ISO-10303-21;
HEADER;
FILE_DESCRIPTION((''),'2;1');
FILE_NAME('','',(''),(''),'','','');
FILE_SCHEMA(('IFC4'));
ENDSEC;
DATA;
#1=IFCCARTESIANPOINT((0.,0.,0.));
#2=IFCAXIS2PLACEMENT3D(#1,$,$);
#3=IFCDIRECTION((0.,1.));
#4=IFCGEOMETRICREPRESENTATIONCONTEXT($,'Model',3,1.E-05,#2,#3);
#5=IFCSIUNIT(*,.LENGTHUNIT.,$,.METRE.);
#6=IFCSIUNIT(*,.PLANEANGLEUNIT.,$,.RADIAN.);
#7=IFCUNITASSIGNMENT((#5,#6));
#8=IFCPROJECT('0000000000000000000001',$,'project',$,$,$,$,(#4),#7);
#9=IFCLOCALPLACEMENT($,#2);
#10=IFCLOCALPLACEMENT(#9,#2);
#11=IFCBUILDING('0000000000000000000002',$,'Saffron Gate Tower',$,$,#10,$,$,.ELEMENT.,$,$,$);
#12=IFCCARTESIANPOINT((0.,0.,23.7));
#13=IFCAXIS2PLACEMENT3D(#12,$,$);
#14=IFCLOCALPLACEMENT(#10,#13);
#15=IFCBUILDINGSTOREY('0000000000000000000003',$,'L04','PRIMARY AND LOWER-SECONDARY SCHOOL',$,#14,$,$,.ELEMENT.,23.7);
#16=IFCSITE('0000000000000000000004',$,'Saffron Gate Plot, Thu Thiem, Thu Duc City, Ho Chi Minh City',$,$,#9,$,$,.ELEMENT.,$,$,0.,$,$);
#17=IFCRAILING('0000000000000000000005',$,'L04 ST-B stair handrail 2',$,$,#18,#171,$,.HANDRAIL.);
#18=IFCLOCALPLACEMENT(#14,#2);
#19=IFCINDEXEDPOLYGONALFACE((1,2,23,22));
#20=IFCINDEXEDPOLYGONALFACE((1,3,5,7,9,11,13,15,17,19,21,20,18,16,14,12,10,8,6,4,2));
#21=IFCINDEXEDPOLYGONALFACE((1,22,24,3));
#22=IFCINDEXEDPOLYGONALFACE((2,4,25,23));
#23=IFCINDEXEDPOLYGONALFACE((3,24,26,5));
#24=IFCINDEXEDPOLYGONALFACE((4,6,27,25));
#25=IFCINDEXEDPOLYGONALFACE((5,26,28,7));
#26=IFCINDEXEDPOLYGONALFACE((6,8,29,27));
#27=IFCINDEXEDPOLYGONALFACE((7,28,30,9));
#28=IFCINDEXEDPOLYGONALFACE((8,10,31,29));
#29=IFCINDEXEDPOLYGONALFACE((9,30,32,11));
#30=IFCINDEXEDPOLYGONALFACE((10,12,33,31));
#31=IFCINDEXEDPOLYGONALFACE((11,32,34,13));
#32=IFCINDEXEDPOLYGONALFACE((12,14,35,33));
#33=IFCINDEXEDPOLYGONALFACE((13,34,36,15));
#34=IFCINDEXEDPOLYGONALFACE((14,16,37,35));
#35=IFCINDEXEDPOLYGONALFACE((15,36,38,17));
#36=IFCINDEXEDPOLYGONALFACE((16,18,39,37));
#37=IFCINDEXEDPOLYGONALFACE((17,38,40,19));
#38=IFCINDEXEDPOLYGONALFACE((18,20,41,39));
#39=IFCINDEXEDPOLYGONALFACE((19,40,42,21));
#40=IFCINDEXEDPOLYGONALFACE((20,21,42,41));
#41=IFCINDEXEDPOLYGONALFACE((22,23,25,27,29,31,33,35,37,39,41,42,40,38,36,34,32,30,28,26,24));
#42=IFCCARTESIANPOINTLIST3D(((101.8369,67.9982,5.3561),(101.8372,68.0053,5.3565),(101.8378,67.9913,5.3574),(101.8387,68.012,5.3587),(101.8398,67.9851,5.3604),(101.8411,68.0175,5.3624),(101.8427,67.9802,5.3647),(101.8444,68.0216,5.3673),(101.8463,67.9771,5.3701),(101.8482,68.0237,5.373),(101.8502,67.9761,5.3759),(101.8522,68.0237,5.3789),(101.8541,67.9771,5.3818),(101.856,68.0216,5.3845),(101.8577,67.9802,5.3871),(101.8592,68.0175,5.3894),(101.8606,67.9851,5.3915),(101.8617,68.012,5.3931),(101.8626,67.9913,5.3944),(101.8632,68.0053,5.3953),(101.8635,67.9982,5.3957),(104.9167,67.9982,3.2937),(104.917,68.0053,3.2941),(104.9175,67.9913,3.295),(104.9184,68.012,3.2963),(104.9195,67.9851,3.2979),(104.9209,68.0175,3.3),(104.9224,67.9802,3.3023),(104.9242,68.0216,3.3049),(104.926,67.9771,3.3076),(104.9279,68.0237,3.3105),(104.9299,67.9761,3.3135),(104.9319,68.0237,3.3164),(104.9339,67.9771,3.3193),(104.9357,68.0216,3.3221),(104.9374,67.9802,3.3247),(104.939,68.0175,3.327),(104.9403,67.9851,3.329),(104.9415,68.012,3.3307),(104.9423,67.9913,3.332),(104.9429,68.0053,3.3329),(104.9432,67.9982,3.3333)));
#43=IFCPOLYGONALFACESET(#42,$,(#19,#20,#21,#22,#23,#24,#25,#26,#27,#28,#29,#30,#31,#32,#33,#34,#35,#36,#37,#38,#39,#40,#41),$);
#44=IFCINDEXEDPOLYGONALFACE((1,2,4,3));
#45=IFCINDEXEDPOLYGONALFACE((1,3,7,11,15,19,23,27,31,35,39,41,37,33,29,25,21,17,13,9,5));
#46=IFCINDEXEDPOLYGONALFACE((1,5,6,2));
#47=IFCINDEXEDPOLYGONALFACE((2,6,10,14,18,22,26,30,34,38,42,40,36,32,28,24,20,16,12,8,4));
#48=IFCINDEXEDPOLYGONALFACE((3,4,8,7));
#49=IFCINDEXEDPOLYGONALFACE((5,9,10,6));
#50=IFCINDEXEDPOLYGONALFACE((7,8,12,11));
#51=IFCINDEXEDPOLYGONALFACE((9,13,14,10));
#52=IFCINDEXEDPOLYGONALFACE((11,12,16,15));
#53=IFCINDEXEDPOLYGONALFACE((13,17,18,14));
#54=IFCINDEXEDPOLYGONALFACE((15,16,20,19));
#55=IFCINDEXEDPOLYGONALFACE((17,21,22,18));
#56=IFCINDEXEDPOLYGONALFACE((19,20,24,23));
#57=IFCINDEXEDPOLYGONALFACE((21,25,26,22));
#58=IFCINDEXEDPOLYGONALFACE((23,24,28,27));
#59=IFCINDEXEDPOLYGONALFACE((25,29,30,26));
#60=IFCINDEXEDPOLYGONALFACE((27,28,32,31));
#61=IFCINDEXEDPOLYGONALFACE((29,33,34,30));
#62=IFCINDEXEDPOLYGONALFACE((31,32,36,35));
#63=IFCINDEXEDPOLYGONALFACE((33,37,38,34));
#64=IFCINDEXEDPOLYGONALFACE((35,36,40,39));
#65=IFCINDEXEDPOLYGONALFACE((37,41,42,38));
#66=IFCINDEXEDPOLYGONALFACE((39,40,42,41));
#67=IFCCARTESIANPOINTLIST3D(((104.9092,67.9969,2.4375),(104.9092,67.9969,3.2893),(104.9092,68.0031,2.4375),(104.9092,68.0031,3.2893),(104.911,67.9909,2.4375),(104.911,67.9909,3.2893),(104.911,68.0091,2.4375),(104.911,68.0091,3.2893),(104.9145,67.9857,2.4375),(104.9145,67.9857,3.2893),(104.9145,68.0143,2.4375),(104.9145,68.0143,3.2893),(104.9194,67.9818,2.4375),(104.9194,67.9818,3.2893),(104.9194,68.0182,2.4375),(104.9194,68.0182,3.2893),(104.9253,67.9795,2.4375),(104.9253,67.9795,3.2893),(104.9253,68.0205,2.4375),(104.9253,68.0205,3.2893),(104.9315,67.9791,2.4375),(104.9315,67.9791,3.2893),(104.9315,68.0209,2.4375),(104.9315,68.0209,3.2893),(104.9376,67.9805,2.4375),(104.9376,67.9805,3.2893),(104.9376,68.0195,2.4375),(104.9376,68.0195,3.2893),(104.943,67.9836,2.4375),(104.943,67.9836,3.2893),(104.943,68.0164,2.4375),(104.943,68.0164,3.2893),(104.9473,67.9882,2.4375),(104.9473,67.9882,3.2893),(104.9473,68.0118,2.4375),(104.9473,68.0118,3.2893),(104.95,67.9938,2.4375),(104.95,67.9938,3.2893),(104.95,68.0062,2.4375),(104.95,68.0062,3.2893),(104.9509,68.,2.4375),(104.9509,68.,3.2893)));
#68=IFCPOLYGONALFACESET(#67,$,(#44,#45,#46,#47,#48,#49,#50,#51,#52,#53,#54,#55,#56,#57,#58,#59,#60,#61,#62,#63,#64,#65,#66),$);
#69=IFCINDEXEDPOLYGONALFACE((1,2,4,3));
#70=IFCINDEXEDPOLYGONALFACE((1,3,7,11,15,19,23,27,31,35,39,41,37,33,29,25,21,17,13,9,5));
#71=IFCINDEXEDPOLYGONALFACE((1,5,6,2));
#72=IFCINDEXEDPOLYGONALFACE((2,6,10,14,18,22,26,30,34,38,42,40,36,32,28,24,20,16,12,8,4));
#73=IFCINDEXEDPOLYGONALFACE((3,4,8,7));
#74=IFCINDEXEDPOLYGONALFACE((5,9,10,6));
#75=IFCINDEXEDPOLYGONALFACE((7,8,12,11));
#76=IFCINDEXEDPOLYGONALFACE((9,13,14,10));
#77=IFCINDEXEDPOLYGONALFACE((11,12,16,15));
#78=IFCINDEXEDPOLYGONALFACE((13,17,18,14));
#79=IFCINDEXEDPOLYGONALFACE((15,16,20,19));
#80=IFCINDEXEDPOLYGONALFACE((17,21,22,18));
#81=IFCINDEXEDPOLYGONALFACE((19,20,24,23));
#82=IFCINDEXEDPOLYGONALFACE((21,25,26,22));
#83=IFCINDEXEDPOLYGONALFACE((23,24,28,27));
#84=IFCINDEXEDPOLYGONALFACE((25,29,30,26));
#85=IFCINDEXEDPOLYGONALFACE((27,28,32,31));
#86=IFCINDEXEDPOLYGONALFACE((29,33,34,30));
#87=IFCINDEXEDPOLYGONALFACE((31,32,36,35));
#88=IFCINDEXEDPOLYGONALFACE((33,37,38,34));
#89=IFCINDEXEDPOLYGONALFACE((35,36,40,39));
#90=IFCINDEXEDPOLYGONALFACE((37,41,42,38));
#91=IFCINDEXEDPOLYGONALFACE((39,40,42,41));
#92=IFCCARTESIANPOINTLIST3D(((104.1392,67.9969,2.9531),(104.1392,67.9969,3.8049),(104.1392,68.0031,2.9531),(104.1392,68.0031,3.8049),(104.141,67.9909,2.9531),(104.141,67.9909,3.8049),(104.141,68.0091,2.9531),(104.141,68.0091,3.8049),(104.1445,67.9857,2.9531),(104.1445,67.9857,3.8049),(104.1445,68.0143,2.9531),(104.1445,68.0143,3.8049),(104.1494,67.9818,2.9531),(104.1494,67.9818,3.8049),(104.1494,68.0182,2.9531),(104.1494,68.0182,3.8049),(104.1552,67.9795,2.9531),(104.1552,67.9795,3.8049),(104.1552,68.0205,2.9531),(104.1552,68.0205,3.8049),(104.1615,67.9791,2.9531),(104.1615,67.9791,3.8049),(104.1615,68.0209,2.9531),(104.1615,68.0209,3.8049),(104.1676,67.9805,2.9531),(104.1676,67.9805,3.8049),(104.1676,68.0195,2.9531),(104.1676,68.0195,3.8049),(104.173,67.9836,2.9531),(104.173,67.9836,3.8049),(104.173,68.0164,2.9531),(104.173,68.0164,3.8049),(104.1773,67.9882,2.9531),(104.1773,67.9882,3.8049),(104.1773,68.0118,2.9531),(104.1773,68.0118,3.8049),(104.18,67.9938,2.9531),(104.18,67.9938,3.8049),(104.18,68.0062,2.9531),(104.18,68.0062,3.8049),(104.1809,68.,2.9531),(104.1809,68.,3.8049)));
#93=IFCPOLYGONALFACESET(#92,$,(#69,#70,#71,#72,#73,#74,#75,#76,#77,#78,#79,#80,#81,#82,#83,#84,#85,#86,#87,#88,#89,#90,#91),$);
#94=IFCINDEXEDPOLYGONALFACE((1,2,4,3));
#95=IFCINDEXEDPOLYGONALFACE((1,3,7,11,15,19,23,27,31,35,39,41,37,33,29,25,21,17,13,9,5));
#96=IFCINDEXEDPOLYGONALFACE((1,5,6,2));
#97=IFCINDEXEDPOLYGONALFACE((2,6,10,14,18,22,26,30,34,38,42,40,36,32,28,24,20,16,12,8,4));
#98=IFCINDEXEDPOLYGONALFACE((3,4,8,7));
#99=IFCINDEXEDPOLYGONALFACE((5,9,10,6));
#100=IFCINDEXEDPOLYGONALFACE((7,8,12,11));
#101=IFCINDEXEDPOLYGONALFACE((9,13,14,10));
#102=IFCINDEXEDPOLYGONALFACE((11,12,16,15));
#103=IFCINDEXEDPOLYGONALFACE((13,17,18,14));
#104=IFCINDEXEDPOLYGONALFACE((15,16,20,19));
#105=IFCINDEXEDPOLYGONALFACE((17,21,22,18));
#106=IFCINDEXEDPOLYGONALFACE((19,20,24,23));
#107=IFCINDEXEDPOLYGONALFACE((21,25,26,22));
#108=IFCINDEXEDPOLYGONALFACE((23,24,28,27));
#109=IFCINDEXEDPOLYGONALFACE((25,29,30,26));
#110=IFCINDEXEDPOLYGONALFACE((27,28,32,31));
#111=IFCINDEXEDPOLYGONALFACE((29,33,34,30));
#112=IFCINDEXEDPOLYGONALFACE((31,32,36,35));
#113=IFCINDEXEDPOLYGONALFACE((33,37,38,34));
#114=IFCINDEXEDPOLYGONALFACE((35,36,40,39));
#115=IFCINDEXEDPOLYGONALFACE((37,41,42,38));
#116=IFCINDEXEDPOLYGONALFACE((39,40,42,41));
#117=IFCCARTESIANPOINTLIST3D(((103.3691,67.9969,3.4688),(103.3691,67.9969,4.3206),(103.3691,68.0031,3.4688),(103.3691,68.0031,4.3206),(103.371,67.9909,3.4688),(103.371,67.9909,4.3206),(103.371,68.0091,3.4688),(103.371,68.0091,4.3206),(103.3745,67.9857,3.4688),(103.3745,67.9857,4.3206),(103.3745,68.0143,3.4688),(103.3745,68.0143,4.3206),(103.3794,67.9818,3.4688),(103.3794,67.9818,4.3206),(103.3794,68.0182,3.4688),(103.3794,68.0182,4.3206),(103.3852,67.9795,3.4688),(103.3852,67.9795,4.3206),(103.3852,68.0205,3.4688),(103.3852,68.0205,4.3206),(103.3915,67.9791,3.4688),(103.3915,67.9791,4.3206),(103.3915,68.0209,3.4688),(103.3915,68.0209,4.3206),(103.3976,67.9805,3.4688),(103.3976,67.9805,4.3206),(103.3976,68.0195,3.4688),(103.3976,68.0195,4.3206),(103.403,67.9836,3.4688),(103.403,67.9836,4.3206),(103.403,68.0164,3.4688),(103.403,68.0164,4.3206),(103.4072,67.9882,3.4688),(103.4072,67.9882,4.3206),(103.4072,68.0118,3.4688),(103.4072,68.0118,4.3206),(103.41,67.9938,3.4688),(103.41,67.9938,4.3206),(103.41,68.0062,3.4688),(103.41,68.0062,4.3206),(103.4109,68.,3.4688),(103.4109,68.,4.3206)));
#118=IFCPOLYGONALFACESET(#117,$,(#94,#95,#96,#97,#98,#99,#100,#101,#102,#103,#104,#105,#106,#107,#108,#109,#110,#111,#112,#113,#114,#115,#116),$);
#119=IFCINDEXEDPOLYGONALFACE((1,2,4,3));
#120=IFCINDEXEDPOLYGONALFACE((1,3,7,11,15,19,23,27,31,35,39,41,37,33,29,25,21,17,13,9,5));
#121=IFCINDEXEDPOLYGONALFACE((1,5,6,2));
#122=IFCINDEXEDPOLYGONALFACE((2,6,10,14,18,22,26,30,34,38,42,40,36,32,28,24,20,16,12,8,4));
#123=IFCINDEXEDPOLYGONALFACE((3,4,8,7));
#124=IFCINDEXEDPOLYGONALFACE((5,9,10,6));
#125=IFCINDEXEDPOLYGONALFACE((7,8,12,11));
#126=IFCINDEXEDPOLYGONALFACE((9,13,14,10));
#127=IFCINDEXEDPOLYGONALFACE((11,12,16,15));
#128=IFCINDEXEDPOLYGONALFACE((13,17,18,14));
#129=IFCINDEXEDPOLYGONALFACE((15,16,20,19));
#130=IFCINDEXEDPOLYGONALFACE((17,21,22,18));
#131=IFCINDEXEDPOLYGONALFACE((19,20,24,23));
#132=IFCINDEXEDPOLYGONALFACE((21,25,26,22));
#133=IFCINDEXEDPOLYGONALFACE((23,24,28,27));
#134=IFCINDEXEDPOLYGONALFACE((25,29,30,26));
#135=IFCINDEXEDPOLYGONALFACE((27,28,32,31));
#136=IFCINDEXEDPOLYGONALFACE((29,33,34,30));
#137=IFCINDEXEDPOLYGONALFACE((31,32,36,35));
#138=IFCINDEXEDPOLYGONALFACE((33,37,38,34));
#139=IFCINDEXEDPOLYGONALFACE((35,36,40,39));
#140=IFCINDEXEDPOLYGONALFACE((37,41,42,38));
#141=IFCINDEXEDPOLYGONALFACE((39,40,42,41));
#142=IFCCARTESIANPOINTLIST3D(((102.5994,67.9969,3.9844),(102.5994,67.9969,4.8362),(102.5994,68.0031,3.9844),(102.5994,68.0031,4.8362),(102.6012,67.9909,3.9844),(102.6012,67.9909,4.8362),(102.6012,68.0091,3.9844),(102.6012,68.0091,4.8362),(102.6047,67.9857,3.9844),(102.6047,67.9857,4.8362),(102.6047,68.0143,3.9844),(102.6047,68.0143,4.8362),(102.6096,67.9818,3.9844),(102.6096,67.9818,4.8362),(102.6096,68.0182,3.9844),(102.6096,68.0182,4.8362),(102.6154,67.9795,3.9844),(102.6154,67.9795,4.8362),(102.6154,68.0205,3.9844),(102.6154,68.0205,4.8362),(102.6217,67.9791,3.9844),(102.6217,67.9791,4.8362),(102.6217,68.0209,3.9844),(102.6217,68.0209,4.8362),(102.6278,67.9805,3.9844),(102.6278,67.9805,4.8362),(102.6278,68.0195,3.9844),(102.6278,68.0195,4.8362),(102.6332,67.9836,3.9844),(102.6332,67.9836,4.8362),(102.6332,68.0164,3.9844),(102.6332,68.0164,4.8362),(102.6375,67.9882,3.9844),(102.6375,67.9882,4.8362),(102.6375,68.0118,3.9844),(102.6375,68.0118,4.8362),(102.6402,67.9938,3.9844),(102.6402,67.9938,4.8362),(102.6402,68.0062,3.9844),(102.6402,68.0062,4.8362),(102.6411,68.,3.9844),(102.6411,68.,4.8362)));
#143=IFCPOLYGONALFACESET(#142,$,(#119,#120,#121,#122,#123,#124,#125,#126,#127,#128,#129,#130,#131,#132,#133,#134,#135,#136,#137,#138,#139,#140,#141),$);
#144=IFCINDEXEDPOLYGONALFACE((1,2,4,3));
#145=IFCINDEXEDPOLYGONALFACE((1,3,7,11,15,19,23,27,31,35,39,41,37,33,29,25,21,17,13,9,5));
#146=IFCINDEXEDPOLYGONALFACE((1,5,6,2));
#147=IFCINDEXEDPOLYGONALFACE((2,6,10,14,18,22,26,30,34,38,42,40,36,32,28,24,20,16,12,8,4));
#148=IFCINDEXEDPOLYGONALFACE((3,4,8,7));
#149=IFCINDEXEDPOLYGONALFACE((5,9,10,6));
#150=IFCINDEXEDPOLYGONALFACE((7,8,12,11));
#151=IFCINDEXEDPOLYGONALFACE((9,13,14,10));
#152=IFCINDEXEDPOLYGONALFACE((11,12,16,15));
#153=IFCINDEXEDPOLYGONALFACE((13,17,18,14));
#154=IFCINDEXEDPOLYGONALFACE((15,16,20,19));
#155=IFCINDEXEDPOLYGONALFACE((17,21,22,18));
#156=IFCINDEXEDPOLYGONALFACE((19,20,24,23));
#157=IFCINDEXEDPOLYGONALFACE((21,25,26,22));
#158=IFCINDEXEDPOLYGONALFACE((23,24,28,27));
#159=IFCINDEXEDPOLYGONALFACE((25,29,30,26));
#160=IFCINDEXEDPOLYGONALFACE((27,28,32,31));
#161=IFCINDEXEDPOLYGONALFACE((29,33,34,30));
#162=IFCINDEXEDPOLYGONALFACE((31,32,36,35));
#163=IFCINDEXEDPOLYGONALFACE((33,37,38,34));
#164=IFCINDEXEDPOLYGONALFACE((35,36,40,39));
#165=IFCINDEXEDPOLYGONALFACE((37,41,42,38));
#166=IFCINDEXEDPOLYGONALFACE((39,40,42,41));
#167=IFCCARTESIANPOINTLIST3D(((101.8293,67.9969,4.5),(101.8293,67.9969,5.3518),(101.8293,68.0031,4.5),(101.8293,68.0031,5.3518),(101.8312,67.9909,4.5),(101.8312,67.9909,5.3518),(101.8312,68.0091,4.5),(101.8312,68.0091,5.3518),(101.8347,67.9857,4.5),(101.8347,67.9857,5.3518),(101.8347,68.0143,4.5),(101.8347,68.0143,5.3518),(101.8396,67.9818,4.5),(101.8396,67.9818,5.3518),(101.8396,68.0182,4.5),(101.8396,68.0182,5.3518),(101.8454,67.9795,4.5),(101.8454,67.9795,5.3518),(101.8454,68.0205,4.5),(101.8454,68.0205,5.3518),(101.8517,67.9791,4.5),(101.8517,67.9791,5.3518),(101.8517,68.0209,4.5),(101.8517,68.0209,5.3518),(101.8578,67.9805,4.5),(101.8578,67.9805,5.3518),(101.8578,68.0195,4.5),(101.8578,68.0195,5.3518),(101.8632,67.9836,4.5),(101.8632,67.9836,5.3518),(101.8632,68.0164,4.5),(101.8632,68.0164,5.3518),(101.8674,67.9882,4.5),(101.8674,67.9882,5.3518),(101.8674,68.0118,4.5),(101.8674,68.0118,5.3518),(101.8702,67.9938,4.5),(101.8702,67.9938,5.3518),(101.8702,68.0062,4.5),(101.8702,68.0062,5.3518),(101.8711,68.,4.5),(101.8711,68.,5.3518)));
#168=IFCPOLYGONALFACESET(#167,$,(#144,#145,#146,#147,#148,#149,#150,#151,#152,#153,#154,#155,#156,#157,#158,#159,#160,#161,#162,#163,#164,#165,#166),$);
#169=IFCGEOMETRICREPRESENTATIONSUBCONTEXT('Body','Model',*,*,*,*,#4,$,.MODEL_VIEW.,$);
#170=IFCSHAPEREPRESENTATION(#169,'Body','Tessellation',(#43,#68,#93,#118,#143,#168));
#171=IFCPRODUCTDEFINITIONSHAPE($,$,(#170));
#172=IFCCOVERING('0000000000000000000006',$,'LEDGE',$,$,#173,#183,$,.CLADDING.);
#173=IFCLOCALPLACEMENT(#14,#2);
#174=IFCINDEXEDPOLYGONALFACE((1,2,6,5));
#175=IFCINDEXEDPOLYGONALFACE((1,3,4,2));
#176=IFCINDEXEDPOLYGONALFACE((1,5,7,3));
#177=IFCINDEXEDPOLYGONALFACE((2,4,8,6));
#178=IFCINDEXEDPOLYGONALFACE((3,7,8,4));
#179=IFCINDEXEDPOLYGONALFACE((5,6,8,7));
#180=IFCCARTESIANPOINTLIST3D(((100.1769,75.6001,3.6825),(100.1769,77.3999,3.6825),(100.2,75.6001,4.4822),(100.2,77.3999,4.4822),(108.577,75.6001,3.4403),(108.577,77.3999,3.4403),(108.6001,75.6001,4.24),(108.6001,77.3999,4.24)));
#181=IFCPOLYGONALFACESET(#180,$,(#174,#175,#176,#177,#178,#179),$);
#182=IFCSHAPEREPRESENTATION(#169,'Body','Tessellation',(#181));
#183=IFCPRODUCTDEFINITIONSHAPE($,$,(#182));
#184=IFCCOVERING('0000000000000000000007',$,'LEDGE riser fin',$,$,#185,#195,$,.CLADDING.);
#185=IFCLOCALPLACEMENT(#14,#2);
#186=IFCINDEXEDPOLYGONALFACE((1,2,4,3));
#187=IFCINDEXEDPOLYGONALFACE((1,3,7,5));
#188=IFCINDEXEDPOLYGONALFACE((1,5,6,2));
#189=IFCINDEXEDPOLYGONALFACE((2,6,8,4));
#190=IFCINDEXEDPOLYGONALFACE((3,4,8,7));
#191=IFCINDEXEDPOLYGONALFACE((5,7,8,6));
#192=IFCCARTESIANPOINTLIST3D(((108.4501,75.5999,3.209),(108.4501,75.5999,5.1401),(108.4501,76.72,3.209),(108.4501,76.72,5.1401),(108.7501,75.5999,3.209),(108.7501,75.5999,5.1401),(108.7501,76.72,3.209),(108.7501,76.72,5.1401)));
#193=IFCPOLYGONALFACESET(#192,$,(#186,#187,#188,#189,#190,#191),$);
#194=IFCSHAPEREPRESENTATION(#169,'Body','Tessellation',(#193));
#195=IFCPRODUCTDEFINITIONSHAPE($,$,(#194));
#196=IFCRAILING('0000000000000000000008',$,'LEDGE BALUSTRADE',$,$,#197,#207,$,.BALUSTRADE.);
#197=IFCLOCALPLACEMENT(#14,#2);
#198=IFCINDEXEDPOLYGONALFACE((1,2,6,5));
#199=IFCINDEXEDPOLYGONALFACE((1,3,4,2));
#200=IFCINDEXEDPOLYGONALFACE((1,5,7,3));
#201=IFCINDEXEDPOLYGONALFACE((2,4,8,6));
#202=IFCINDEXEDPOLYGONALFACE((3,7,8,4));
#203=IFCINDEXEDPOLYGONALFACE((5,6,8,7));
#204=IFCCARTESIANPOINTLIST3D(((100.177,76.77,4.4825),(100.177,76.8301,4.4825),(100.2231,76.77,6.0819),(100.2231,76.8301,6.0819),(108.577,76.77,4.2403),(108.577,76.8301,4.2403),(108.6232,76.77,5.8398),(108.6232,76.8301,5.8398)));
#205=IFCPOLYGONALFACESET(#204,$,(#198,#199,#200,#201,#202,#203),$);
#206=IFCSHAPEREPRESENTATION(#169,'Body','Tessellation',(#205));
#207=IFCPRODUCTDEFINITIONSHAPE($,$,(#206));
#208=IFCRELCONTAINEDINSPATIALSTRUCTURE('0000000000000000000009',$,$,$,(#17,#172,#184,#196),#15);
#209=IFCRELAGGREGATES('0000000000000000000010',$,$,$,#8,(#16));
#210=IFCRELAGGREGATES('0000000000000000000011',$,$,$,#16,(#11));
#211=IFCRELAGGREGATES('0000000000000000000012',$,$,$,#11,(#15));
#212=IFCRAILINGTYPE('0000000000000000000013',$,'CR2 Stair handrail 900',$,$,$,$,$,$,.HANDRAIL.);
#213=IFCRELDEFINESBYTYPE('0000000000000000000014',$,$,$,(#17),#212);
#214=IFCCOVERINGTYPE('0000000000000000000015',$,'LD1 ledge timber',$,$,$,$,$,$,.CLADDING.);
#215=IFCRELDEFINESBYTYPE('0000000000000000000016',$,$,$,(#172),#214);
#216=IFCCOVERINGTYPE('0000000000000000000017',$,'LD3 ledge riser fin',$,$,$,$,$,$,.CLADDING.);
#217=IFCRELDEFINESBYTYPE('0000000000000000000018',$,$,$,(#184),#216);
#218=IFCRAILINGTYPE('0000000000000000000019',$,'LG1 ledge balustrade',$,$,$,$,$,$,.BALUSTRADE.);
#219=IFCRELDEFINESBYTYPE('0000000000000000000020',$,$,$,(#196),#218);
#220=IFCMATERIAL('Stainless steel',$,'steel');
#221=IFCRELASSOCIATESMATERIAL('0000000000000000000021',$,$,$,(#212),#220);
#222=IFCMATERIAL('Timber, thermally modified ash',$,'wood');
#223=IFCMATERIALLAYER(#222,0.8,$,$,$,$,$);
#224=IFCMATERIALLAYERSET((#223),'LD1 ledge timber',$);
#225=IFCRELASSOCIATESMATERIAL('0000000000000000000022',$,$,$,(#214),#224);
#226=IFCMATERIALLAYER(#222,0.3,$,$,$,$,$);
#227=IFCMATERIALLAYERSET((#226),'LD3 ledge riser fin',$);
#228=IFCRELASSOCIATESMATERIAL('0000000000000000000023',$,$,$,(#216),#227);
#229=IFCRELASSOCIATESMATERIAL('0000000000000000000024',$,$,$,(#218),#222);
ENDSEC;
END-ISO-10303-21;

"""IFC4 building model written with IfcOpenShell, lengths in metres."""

from ifc_helpers import new_model, si_unit, direction, frame, origin, origin_2d, place, context, subcontext, project, spatial, polyline, rectangle, circle, outline, extrude, material, layer, layer_set, type_object, element, save


model = new_model("IFC4")

# Units and contexts
model_context = context("Model", 3, precision=1e-05, world=origin(), true_north=direction((0.0, 1.0)))
body_context = subcontext(model_context, "Body", "Model", "MODEL_VIEW")
ifc_project = project(units=[si_unit("LENGTHUNIT", "METRE"), si_unit("PLANEANGLEUNIT", "RADIAN")], contexts=[model_context])

# Site, building, storey
site_placement = place(None, origin())
site = spatial("IfcSite", under=ifc_project, at=site_placement, Name="Saffron Gate Plot, Thu Thiem, Thu Duc City, Ho Chi Minh City", CompositionType="ELEMENT", RefElevation=0.0)
building_placement = place(site_placement, origin())
building = spatial("IfcBuilding", under=site, at=building_placement, Name="Saffron Gate Tower", CompositionType="ELEMENT")
storey_placement = place(building_placement, frame((0.0, 0.0, 23.7)))
storey = spatial("IfcBuildingStorey", under=building, at=storey_placement, Name="L04", Description="PRIMARY AND LOWER-SECONDARY SCHOOL", CompositionType="ELEMENT", Elevation=23.7)

# Railing
ifc_material_1 = material(Name="Stainless steel", Category="steel")
railing_type_1 = type_object("IfcRailingType", Name="CR2 Stair handrail 900", PredefinedType="HANDRAIL", material=ifc_material_1)
railing_1_placement = place(storey_placement, frame((104.9299, 68.0, 2.4375)))
element("IfcRailing", 1, at=railing_1_placement, inside=storey, type_object=railing_type_1, Name="L04 ST-B stair handrail 2", PredefinedType="HANDRAIL", context=body_context, shape_type="SweptSolid", body=[
    extrude(circle(Radius=0.0239, at=origin_2d()), frame((0.0, 0.0, 0.876), z_axis=(-0.830893, 0.0, 0.556432), x_axis=(0.0, -1.0, 0.0)), (0.0, 0.0, 1.0), 3.7065),
    extrude(circle(Radius=0.021, at=origin_2d()), origin(), (0.0, 0.0, 1.0), 0.8518),
    extrude(circle(Radius=0.021, at=origin_2d()), frame((-0.77, 0.0, 0.5156)), (0.0, 0.0, 1.0), 0.8518),
    extrude(circle(Radius=0.021, at=origin_2d()), frame((-1.54, 0.0, 1.0312)), (0.0, 0.0, 1.0), 0.8518),
    extrude(circle(Radius=0.021, at=origin_2d()), frame((-2.3098, 0.0, 1.5469)), (0.0, 0.0, 1.0), 0.8518),
    extrude(circle(Radius=0.021, at=origin_2d()), frame((-3.0798, 0.0, 2.0625)), (0.0, 0.0, 1.0), 0.8518),
])

# Coverings
ifc_material_2 = material(Name="Timber, thermally modified ash", Category="wood")
ifc_layer_1 = layer(ifc_material_2, 0.8)
ifc_layer_set_1 = layer_set([ifc_layer_1], Name="LD1 ledge timber")
covering_type_1 = type_object("IfcCoveringType", Name="LD1 ledge timber", PredefinedType="CLADDING", material=ifc_layer_set_1)
covering_1_placement = place(storey_placement, frame((108.6001, 75.6001, 4.24), z_axis=(0.028819, 0.0, 0.999585), x_axis=(-0.999585, 0.0, 0.028819)))
element("IfcCovering", 2, at=covering_1_placement, inside=storey, type_object=covering_type_1, Name="LEDGE", PredefinedType="CLADDING", context=body_context, shape_type="SweptSolid", body=[
    extrude(outline(polyline([(0.0, 0.0), (8.4036, 0.0), (8.4036, -1.7998), (0.0, -1.7998), (0.0, 0.0)])), origin(), (0.0, 0.0, -1.0), 0.8),
])
ifc_layer_2 = layer(ifc_material_2, 0.3)
ifc_layer_set_2 = layer_set([ifc_layer_2], Name="LD3 ledge riser fin")
covering_type_2 = type_object("IfcCoveringType", Name="LD3 ledge riser fin", PredefinedType="CLADDING", material=ifc_layer_set_2)
covering_2_placement = place(storey_placement, frame((108.6001, 76.1599, 3.209), z_axis=(0.0, 0.0, 1.0), x_axis=(-1.0, 0.0, 0.0)))
element("IfcCovering", 3, at=covering_2_placement, inside=storey, type_object=covering_type_2, Name="LEDGE riser fin", PredefinedType="CLADDING", context=body_context, shape_type="SweptSolid", body=[
    extrude(rectangle(XDim=0.3, YDim=1.1201, at=origin_2d()), origin(), (0.0, 0.0, 1.0), 1.9312),
])

# Railing
railing_type_2 = type_object("IfcRailingType", Name="LG1 ledge balustrade", PredefinedType="BALUSTRADE", material=ifc_material_2)
railing_2_placement = place(storey_placement, frame((108.6001, 76.8, 4.24)))
element("IfcRailing", 4, at=railing_2_placement, inside=storey, type_object=railing_type_2, Name="LEDGE BALUSTRADE", PredefinedType="BALUSTRADE", context=body_context, shape_type="SweptSolid", body=[
    extrude(rectangle(XDim=0.0601, YDim=1.6001, at=origin_2d()), frame((0.0, 0.0, 0.8), z_axis=(-0.999585, 0.0, 0.028819), x_axis=(0.0, -1.0, 0.0)), (0.0, 0.0, 1.0), 8.4036),
])

save(model, "model.ifc")
